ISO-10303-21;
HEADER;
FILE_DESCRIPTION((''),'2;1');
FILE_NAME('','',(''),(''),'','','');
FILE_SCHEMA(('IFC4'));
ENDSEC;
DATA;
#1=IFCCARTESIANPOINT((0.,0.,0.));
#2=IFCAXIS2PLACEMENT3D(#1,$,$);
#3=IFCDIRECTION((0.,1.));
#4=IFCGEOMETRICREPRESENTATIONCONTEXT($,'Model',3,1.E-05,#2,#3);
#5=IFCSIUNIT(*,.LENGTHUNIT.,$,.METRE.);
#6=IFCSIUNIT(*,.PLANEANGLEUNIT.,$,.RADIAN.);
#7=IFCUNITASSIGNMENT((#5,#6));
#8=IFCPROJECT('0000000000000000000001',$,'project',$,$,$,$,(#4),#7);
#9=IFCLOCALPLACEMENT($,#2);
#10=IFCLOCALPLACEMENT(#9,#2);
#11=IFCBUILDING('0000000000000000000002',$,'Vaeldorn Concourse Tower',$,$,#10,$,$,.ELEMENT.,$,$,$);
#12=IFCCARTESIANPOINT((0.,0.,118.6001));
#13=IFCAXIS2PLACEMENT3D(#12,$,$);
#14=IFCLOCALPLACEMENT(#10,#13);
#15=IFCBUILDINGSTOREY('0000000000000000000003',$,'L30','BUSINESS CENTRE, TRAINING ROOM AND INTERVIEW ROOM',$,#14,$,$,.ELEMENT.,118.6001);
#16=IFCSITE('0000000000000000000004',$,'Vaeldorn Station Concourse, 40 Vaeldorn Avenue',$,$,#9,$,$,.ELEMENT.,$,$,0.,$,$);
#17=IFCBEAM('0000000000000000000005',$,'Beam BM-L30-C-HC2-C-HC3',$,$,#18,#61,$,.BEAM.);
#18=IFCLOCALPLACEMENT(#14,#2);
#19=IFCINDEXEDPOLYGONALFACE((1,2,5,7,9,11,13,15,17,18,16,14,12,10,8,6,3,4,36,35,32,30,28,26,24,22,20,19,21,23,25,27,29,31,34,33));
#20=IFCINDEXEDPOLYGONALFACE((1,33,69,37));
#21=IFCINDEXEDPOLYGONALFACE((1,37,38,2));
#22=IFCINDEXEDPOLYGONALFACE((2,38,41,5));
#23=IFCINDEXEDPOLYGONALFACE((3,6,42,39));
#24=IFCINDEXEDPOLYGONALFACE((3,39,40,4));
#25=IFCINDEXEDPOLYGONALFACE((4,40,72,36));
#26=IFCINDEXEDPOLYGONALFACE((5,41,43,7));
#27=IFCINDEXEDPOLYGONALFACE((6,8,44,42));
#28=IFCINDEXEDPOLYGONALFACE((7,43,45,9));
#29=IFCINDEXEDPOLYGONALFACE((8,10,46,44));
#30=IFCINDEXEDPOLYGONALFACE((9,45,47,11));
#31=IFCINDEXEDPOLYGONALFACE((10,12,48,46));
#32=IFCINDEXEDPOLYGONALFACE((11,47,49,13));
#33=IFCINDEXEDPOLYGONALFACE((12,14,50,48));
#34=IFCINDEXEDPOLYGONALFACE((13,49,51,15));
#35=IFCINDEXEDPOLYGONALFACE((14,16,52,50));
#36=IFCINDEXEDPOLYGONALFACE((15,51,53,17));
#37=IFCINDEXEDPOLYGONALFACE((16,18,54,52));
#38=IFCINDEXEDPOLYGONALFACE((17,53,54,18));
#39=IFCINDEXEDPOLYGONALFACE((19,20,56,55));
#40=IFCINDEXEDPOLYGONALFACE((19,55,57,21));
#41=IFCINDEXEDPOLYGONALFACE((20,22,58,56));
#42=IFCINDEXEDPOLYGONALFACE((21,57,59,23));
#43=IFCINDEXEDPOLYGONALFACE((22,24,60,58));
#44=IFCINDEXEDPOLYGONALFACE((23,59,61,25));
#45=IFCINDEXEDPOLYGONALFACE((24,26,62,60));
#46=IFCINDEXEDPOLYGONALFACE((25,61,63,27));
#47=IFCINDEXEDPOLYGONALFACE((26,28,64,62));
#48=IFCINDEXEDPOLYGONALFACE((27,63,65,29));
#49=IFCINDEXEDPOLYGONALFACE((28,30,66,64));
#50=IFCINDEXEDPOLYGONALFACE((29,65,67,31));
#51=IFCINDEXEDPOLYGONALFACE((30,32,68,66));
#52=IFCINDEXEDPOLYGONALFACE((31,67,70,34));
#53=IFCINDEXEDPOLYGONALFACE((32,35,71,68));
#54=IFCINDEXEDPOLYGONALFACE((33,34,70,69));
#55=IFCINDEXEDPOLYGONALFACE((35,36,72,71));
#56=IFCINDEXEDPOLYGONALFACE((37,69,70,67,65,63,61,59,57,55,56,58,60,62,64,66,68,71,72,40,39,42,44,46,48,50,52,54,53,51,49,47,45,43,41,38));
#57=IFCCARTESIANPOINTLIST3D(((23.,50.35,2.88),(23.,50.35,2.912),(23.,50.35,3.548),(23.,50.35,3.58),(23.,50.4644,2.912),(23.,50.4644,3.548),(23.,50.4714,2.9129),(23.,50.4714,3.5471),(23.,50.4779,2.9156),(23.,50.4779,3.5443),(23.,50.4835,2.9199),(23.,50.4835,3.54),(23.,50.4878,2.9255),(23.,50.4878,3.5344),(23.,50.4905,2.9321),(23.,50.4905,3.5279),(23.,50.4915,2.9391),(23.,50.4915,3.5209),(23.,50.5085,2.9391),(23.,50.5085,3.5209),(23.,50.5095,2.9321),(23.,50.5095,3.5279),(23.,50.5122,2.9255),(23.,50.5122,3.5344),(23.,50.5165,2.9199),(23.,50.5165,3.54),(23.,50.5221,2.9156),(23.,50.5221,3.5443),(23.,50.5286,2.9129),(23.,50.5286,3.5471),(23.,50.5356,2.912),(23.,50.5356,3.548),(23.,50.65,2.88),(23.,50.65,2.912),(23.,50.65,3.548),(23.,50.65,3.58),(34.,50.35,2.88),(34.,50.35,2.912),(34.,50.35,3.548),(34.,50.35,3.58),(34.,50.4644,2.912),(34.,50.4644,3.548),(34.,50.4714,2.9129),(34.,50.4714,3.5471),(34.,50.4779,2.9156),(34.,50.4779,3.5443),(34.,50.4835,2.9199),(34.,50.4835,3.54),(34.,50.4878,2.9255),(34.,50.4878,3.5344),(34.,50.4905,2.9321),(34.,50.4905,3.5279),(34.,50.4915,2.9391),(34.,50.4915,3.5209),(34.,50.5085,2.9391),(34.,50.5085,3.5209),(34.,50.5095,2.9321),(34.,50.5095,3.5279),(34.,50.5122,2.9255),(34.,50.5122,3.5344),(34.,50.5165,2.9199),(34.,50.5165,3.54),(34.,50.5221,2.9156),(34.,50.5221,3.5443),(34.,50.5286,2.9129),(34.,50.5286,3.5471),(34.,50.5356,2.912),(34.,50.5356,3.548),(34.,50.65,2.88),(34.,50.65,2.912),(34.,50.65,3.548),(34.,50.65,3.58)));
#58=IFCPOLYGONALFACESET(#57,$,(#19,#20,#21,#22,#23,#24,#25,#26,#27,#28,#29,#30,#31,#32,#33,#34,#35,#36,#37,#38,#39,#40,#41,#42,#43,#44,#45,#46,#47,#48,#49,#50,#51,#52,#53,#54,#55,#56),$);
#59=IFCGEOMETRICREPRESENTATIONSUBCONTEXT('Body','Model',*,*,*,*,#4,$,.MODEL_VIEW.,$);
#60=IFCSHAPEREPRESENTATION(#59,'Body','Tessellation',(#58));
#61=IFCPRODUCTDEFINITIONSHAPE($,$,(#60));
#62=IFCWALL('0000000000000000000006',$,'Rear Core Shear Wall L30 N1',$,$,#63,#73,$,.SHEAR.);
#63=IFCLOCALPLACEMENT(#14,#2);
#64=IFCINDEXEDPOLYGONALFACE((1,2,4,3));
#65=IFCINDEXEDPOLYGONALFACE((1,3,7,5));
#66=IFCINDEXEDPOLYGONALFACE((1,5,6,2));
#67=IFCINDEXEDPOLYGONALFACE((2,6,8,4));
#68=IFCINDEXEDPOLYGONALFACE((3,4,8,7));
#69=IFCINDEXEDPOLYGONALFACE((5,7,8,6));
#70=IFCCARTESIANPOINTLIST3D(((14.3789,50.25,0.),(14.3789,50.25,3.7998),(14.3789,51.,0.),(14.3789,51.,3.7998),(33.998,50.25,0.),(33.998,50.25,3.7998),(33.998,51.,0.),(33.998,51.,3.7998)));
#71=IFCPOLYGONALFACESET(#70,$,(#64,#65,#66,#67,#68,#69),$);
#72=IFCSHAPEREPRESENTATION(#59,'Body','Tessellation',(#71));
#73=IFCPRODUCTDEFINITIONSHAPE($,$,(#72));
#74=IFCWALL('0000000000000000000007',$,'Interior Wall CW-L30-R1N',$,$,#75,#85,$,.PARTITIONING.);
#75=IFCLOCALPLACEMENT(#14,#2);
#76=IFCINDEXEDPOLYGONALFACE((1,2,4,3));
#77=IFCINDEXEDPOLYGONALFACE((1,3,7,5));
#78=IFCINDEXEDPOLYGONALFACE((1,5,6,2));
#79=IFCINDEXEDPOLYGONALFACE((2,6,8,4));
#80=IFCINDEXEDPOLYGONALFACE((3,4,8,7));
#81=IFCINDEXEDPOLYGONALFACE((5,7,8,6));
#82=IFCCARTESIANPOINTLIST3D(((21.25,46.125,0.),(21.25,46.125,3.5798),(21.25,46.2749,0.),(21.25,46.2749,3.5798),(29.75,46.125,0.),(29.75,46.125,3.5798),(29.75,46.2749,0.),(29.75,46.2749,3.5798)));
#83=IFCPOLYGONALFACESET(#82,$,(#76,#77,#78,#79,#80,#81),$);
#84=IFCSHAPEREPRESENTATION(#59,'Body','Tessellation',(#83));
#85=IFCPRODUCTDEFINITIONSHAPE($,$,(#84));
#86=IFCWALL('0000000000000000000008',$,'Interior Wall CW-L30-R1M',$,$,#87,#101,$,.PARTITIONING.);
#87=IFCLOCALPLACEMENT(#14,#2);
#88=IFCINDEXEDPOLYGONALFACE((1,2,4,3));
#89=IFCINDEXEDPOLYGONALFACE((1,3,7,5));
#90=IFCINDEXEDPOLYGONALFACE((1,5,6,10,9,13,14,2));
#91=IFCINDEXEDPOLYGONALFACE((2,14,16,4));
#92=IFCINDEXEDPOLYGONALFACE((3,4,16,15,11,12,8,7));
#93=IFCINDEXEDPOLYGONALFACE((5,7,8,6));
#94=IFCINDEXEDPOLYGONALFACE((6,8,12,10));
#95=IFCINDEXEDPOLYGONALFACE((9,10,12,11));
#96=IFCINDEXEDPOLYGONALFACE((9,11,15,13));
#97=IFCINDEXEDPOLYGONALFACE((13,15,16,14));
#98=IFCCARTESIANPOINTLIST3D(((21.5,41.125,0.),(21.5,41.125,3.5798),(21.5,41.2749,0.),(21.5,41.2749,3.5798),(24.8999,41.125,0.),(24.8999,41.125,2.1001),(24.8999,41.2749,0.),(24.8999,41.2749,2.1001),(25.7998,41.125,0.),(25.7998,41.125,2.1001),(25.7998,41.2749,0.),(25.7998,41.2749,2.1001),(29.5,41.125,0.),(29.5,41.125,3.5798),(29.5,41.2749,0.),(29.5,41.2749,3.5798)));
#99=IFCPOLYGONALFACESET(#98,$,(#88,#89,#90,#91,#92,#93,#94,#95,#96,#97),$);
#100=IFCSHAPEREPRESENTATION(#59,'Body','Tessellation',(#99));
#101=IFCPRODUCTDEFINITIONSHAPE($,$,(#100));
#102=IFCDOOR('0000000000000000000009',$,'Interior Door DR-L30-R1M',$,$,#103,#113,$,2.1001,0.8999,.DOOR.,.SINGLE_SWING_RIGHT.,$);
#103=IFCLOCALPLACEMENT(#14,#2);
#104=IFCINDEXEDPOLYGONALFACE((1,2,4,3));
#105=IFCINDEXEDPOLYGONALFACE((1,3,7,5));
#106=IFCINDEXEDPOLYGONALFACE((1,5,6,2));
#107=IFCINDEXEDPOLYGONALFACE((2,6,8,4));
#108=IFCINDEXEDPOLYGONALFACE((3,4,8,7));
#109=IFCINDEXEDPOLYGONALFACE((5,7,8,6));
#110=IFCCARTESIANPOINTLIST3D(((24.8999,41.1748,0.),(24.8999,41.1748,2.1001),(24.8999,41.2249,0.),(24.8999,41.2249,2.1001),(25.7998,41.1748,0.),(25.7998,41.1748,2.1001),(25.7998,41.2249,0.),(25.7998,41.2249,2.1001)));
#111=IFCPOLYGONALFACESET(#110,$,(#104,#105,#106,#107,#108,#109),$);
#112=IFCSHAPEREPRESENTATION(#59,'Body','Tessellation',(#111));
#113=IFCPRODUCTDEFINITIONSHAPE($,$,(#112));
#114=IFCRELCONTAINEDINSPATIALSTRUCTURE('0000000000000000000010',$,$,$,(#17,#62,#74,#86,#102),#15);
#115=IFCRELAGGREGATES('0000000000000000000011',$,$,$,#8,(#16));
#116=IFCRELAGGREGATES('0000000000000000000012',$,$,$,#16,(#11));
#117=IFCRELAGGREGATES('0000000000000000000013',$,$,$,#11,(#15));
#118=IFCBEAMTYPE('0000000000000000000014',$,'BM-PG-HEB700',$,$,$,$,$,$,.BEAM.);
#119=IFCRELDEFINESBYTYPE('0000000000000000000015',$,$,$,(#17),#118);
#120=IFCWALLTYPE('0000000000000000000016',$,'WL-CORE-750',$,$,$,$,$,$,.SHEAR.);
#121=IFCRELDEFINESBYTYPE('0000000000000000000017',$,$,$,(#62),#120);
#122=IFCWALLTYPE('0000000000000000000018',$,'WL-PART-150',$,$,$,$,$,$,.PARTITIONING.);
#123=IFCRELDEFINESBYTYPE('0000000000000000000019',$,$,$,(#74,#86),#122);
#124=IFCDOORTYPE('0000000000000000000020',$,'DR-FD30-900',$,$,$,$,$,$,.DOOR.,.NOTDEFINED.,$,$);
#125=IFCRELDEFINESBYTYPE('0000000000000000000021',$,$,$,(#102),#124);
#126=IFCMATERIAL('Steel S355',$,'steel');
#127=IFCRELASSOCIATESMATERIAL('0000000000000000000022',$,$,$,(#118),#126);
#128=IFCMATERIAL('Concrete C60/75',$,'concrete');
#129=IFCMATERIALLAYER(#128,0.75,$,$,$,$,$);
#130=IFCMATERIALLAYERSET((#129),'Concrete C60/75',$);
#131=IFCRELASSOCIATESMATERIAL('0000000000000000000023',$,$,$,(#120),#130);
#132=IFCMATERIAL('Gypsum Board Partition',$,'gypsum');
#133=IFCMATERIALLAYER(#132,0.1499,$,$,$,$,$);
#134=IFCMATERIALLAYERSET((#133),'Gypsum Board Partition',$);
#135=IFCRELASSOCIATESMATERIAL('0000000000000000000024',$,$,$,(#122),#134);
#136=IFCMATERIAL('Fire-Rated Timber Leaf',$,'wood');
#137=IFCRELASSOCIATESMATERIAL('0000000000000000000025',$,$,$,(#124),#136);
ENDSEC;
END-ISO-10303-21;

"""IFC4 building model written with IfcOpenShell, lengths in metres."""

from ifc_helpers import new_model, si_unit, direction, frame, frame_2d, origin, origin_2d, place, context, subcontext, project, spatial, rectangle, i_section, extrude, source, transform, mapped, material, layer, layer_set, material_profile, profile_set, type_object, element, fill, save


model = new_model("IFC4")

# Units and contexts
model_context = context("Model", 3, precision=1e-05, world=origin(), true_north=direction((0.0, 1.0)))
body_context = subcontext(model_context, "Body", "Model", "MODEL_VIEW")
ifc_project = project(units=[si_unit("LENGTHUNIT", "METRE"), si_unit("PLANEANGLEUNIT", "RADIAN")], contexts=[model_context])

# Site, building, storey
site_placement = place(None, origin())
site = spatial("IfcSite", under=ifc_project, at=site_placement, Name="Vaeldorn Station Concourse, 40 Vaeldorn Avenue", CompositionType="ELEMENT", RefElevation=0.0)
building_placement = place(site_placement, origin())
building = spatial("IfcBuilding", under=site, at=building_placement, Name="Vaeldorn Concourse Tower", CompositionType="ELEMENT")
storey_placement = place(building_placement, frame((0.0, 0.0, 118.6001)))
storey = spatial("IfcBuildingStorey", under=building, at=storey_placement, Name="L30", Description="BUSINESS CENTRE, TRAINING ROOM AND INTERVIEW ROOM", CompositionType="ELEMENT", Elevation=118.6001)

# Beam
ifc_material_1 = material(Name="Steel S355", Category="steel")
ifc_material_profile_1 = material_profile(ifc_material_1, i_section(OverallWidth=0.3, OverallDepth=0.7, WebThickness=0.0171, FlangeThickness=0.032, FilletRadius=0.0271, at=origin_2d()), Name="HEB 700")
ifc_profile_set_1 = profile_set([ifc_material_profile_1], Name="Steel S355")
beam_type_1 = type_object("IfcBeamType", Name="BM-PG-HEB700", PredefinedType="BEAM", material=ifc_profile_set_1)
shared_shape_1 = source(origin(), body_context, "Body", "SweptSolid", [
    extrude(i_section(OverallWidth=0.3, OverallDepth=0.7, WebThickness=0.0171, FlangeThickness=0.032, FilletRadius=0.0271, at=origin_2d()), origin(), (0.0, 0.0, 1.0), 11.0),
])
beam_1_placement = place(storey_placement, frame((23.0, 50.5, 3.23), z_axis=(1.0, 0.0, 0.0), x_axis=(0.0, 1.0, 0.0)))
element("IfcBeam", 1, at=beam_1_placement, inside=storey, type_object=beam_type_1, Name="Beam BM-L30-C-HC2-C-HC3", PredefinedType="BEAM", context=body_context, shape_type="MappedRepresentation", body=[
    mapped(shared_shape_1, transform((0.0, 0.0, 0.0), scale=1.0)),
])

# Walls
ifc_material_2 = material(Name="Concrete C60/75", Category="concrete")
ifc_layer_1 = layer(ifc_material_2, 0.75)
ifc_layer_set_1 = layer_set([ifc_layer_1], Name="Concrete C60/75")
wall_type_1 = type_object("IfcWallType", Name="WL-CORE-750", PredefinedType="SHEAR", material=ifc_layer_set_1)
wall_1_placement = place(storey_placement, frame((14.3789, 50.625, 0.0), z_axis=(0.0, 0.0, 1.0), x_axis=(1.0, 0.0, 0.0)))
element("IfcWall", 2, at=wall_1_placement, inside=storey, type_object=wall_type_1, Name="Rear Core Shear Wall L30 N1", PredefinedType="SHEAR", context=body_context, shape_type="SweptSolid", body=[
    extrude(rectangle(XDim=19.6191, YDim=0.75, at=frame_2d((9.8096, 0.0))), origin(), (0.0, 0.0, 1.0), 3.7998),
])
ifc_material_3 = material(Name="Gypsum Board Partition", Category="gypsum")
ifc_layer_2 = layer(ifc_material_3, 0.1499)
ifc_layer_set_2 = layer_set([ifc_layer_2], Name="Gypsum Board Partition")
wall_type_2 = type_object("IfcWallType", Name="WL-PART-150", PredefinedType="PARTITIONING", material=ifc_layer_set_2)
wall_2_placement = place(storey_placement, frame((21.25, 46.2, 0.0), z_axis=(0.0, 0.0, 1.0), x_axis=(1.0, 0.0, 0.0)))
element("IfcWall", 3, at=wall_2_placement, inside=storey, type_object=wall_type_2, Name="Interior Wall CW-L30-R1N", PredefinedType="PARTITIONING", context=body_context, shape_type="SweptSolid", body=[
    extrude(rectangle(XDim=8.5, YDim=0.1499, at=frame_2d((4.25, 0.0))), origin(), (0.0, 0.0, 1.0), 3.5798),
])

# Wall, opening, door
wall_3_placement = place(storey_placement, frame((21.5, 41.2, 0.0), z_axis=(0.0, 0.0, 1.0), x_axis=(1.0, 0.0, 0.0)))
wall_3 = element("IfcWall", 4, at=wall_3_placement, inside=storey, type_object=wall_type_2, Name="Interior Wall CW-L30-R1M", PredefinedType="PARTITIONING", context=body_context, shape_type="SweptSolid", body=[
    extrude(rectangle(XDim=8.0, YDim=0.1499, at=frame_2d((4.0, 0.0))), origin(), (0.0, 0.0, 1.0), 3.5798),
])
opening_1_placement = place(wall_3_placement, frame((3.3999, 0.0, 0.0)))
opening_1 = element("IfcOpeningElement", 5, at=opening_1_placement, cuts=wall_3, PredefinedType="OPENING", context=body_context, shape_type="SweptSolid", body=[
    extrude(rectangle(XDim=0.8999, YDim=2.1001, at=frame_2d((0.45, 1.05))), frame((0.0, 0.085, 0.0), z_axis=(0.0, -1.0, 0.0), x_axis=(1.0, 0.0, 0.0)), (0.0, 0.0, 1.0), 0.1699),
])
ifc_material_4 = material(Name="Fire-Rated Timber Leaf", Category="wood")
door_type_1 = type_object("IfcDoorType", Name="DR-FD30-900", OperationType="NOTDEFINED", PredefinedType="DOOR", material=ifc_material_4)
shared_shape_2 = source(origin(), body_context, "Body", "SweptSolid", [
    extrude(rectangle(XDim=0.8999, YDim=2.1001, at=frame_2d((0.45, 1.05))), frame((0.0, 0.0249, 0.0), z_axis=(0.0, -1.0, 0.0), x_axis=(1.0, 0.0, 0.0)), (0.0, 0.0, 1.0), 0.05),
])
door_1_placement = place(opening_1_placement, origin())
door_1 = element("IfcDoor", 6, at=door_1_placement, inside=storey, type_object=door_type_1, Name="Interior Door DR-L30-R1M", OperationType="SINGLE_SWING_RIGHT", OverallHeight=2.1001, OverallWidth=0.8999, PredefinedType="DOOR", context=body_context, shape_type="MappedRepresentation", body=[
    mapped(shared_shape_2, transform((0.0, 0.0, 0.0), scale=1.0)),
])
fill(opening_1, door_1)

save(model, "model.ifc")
